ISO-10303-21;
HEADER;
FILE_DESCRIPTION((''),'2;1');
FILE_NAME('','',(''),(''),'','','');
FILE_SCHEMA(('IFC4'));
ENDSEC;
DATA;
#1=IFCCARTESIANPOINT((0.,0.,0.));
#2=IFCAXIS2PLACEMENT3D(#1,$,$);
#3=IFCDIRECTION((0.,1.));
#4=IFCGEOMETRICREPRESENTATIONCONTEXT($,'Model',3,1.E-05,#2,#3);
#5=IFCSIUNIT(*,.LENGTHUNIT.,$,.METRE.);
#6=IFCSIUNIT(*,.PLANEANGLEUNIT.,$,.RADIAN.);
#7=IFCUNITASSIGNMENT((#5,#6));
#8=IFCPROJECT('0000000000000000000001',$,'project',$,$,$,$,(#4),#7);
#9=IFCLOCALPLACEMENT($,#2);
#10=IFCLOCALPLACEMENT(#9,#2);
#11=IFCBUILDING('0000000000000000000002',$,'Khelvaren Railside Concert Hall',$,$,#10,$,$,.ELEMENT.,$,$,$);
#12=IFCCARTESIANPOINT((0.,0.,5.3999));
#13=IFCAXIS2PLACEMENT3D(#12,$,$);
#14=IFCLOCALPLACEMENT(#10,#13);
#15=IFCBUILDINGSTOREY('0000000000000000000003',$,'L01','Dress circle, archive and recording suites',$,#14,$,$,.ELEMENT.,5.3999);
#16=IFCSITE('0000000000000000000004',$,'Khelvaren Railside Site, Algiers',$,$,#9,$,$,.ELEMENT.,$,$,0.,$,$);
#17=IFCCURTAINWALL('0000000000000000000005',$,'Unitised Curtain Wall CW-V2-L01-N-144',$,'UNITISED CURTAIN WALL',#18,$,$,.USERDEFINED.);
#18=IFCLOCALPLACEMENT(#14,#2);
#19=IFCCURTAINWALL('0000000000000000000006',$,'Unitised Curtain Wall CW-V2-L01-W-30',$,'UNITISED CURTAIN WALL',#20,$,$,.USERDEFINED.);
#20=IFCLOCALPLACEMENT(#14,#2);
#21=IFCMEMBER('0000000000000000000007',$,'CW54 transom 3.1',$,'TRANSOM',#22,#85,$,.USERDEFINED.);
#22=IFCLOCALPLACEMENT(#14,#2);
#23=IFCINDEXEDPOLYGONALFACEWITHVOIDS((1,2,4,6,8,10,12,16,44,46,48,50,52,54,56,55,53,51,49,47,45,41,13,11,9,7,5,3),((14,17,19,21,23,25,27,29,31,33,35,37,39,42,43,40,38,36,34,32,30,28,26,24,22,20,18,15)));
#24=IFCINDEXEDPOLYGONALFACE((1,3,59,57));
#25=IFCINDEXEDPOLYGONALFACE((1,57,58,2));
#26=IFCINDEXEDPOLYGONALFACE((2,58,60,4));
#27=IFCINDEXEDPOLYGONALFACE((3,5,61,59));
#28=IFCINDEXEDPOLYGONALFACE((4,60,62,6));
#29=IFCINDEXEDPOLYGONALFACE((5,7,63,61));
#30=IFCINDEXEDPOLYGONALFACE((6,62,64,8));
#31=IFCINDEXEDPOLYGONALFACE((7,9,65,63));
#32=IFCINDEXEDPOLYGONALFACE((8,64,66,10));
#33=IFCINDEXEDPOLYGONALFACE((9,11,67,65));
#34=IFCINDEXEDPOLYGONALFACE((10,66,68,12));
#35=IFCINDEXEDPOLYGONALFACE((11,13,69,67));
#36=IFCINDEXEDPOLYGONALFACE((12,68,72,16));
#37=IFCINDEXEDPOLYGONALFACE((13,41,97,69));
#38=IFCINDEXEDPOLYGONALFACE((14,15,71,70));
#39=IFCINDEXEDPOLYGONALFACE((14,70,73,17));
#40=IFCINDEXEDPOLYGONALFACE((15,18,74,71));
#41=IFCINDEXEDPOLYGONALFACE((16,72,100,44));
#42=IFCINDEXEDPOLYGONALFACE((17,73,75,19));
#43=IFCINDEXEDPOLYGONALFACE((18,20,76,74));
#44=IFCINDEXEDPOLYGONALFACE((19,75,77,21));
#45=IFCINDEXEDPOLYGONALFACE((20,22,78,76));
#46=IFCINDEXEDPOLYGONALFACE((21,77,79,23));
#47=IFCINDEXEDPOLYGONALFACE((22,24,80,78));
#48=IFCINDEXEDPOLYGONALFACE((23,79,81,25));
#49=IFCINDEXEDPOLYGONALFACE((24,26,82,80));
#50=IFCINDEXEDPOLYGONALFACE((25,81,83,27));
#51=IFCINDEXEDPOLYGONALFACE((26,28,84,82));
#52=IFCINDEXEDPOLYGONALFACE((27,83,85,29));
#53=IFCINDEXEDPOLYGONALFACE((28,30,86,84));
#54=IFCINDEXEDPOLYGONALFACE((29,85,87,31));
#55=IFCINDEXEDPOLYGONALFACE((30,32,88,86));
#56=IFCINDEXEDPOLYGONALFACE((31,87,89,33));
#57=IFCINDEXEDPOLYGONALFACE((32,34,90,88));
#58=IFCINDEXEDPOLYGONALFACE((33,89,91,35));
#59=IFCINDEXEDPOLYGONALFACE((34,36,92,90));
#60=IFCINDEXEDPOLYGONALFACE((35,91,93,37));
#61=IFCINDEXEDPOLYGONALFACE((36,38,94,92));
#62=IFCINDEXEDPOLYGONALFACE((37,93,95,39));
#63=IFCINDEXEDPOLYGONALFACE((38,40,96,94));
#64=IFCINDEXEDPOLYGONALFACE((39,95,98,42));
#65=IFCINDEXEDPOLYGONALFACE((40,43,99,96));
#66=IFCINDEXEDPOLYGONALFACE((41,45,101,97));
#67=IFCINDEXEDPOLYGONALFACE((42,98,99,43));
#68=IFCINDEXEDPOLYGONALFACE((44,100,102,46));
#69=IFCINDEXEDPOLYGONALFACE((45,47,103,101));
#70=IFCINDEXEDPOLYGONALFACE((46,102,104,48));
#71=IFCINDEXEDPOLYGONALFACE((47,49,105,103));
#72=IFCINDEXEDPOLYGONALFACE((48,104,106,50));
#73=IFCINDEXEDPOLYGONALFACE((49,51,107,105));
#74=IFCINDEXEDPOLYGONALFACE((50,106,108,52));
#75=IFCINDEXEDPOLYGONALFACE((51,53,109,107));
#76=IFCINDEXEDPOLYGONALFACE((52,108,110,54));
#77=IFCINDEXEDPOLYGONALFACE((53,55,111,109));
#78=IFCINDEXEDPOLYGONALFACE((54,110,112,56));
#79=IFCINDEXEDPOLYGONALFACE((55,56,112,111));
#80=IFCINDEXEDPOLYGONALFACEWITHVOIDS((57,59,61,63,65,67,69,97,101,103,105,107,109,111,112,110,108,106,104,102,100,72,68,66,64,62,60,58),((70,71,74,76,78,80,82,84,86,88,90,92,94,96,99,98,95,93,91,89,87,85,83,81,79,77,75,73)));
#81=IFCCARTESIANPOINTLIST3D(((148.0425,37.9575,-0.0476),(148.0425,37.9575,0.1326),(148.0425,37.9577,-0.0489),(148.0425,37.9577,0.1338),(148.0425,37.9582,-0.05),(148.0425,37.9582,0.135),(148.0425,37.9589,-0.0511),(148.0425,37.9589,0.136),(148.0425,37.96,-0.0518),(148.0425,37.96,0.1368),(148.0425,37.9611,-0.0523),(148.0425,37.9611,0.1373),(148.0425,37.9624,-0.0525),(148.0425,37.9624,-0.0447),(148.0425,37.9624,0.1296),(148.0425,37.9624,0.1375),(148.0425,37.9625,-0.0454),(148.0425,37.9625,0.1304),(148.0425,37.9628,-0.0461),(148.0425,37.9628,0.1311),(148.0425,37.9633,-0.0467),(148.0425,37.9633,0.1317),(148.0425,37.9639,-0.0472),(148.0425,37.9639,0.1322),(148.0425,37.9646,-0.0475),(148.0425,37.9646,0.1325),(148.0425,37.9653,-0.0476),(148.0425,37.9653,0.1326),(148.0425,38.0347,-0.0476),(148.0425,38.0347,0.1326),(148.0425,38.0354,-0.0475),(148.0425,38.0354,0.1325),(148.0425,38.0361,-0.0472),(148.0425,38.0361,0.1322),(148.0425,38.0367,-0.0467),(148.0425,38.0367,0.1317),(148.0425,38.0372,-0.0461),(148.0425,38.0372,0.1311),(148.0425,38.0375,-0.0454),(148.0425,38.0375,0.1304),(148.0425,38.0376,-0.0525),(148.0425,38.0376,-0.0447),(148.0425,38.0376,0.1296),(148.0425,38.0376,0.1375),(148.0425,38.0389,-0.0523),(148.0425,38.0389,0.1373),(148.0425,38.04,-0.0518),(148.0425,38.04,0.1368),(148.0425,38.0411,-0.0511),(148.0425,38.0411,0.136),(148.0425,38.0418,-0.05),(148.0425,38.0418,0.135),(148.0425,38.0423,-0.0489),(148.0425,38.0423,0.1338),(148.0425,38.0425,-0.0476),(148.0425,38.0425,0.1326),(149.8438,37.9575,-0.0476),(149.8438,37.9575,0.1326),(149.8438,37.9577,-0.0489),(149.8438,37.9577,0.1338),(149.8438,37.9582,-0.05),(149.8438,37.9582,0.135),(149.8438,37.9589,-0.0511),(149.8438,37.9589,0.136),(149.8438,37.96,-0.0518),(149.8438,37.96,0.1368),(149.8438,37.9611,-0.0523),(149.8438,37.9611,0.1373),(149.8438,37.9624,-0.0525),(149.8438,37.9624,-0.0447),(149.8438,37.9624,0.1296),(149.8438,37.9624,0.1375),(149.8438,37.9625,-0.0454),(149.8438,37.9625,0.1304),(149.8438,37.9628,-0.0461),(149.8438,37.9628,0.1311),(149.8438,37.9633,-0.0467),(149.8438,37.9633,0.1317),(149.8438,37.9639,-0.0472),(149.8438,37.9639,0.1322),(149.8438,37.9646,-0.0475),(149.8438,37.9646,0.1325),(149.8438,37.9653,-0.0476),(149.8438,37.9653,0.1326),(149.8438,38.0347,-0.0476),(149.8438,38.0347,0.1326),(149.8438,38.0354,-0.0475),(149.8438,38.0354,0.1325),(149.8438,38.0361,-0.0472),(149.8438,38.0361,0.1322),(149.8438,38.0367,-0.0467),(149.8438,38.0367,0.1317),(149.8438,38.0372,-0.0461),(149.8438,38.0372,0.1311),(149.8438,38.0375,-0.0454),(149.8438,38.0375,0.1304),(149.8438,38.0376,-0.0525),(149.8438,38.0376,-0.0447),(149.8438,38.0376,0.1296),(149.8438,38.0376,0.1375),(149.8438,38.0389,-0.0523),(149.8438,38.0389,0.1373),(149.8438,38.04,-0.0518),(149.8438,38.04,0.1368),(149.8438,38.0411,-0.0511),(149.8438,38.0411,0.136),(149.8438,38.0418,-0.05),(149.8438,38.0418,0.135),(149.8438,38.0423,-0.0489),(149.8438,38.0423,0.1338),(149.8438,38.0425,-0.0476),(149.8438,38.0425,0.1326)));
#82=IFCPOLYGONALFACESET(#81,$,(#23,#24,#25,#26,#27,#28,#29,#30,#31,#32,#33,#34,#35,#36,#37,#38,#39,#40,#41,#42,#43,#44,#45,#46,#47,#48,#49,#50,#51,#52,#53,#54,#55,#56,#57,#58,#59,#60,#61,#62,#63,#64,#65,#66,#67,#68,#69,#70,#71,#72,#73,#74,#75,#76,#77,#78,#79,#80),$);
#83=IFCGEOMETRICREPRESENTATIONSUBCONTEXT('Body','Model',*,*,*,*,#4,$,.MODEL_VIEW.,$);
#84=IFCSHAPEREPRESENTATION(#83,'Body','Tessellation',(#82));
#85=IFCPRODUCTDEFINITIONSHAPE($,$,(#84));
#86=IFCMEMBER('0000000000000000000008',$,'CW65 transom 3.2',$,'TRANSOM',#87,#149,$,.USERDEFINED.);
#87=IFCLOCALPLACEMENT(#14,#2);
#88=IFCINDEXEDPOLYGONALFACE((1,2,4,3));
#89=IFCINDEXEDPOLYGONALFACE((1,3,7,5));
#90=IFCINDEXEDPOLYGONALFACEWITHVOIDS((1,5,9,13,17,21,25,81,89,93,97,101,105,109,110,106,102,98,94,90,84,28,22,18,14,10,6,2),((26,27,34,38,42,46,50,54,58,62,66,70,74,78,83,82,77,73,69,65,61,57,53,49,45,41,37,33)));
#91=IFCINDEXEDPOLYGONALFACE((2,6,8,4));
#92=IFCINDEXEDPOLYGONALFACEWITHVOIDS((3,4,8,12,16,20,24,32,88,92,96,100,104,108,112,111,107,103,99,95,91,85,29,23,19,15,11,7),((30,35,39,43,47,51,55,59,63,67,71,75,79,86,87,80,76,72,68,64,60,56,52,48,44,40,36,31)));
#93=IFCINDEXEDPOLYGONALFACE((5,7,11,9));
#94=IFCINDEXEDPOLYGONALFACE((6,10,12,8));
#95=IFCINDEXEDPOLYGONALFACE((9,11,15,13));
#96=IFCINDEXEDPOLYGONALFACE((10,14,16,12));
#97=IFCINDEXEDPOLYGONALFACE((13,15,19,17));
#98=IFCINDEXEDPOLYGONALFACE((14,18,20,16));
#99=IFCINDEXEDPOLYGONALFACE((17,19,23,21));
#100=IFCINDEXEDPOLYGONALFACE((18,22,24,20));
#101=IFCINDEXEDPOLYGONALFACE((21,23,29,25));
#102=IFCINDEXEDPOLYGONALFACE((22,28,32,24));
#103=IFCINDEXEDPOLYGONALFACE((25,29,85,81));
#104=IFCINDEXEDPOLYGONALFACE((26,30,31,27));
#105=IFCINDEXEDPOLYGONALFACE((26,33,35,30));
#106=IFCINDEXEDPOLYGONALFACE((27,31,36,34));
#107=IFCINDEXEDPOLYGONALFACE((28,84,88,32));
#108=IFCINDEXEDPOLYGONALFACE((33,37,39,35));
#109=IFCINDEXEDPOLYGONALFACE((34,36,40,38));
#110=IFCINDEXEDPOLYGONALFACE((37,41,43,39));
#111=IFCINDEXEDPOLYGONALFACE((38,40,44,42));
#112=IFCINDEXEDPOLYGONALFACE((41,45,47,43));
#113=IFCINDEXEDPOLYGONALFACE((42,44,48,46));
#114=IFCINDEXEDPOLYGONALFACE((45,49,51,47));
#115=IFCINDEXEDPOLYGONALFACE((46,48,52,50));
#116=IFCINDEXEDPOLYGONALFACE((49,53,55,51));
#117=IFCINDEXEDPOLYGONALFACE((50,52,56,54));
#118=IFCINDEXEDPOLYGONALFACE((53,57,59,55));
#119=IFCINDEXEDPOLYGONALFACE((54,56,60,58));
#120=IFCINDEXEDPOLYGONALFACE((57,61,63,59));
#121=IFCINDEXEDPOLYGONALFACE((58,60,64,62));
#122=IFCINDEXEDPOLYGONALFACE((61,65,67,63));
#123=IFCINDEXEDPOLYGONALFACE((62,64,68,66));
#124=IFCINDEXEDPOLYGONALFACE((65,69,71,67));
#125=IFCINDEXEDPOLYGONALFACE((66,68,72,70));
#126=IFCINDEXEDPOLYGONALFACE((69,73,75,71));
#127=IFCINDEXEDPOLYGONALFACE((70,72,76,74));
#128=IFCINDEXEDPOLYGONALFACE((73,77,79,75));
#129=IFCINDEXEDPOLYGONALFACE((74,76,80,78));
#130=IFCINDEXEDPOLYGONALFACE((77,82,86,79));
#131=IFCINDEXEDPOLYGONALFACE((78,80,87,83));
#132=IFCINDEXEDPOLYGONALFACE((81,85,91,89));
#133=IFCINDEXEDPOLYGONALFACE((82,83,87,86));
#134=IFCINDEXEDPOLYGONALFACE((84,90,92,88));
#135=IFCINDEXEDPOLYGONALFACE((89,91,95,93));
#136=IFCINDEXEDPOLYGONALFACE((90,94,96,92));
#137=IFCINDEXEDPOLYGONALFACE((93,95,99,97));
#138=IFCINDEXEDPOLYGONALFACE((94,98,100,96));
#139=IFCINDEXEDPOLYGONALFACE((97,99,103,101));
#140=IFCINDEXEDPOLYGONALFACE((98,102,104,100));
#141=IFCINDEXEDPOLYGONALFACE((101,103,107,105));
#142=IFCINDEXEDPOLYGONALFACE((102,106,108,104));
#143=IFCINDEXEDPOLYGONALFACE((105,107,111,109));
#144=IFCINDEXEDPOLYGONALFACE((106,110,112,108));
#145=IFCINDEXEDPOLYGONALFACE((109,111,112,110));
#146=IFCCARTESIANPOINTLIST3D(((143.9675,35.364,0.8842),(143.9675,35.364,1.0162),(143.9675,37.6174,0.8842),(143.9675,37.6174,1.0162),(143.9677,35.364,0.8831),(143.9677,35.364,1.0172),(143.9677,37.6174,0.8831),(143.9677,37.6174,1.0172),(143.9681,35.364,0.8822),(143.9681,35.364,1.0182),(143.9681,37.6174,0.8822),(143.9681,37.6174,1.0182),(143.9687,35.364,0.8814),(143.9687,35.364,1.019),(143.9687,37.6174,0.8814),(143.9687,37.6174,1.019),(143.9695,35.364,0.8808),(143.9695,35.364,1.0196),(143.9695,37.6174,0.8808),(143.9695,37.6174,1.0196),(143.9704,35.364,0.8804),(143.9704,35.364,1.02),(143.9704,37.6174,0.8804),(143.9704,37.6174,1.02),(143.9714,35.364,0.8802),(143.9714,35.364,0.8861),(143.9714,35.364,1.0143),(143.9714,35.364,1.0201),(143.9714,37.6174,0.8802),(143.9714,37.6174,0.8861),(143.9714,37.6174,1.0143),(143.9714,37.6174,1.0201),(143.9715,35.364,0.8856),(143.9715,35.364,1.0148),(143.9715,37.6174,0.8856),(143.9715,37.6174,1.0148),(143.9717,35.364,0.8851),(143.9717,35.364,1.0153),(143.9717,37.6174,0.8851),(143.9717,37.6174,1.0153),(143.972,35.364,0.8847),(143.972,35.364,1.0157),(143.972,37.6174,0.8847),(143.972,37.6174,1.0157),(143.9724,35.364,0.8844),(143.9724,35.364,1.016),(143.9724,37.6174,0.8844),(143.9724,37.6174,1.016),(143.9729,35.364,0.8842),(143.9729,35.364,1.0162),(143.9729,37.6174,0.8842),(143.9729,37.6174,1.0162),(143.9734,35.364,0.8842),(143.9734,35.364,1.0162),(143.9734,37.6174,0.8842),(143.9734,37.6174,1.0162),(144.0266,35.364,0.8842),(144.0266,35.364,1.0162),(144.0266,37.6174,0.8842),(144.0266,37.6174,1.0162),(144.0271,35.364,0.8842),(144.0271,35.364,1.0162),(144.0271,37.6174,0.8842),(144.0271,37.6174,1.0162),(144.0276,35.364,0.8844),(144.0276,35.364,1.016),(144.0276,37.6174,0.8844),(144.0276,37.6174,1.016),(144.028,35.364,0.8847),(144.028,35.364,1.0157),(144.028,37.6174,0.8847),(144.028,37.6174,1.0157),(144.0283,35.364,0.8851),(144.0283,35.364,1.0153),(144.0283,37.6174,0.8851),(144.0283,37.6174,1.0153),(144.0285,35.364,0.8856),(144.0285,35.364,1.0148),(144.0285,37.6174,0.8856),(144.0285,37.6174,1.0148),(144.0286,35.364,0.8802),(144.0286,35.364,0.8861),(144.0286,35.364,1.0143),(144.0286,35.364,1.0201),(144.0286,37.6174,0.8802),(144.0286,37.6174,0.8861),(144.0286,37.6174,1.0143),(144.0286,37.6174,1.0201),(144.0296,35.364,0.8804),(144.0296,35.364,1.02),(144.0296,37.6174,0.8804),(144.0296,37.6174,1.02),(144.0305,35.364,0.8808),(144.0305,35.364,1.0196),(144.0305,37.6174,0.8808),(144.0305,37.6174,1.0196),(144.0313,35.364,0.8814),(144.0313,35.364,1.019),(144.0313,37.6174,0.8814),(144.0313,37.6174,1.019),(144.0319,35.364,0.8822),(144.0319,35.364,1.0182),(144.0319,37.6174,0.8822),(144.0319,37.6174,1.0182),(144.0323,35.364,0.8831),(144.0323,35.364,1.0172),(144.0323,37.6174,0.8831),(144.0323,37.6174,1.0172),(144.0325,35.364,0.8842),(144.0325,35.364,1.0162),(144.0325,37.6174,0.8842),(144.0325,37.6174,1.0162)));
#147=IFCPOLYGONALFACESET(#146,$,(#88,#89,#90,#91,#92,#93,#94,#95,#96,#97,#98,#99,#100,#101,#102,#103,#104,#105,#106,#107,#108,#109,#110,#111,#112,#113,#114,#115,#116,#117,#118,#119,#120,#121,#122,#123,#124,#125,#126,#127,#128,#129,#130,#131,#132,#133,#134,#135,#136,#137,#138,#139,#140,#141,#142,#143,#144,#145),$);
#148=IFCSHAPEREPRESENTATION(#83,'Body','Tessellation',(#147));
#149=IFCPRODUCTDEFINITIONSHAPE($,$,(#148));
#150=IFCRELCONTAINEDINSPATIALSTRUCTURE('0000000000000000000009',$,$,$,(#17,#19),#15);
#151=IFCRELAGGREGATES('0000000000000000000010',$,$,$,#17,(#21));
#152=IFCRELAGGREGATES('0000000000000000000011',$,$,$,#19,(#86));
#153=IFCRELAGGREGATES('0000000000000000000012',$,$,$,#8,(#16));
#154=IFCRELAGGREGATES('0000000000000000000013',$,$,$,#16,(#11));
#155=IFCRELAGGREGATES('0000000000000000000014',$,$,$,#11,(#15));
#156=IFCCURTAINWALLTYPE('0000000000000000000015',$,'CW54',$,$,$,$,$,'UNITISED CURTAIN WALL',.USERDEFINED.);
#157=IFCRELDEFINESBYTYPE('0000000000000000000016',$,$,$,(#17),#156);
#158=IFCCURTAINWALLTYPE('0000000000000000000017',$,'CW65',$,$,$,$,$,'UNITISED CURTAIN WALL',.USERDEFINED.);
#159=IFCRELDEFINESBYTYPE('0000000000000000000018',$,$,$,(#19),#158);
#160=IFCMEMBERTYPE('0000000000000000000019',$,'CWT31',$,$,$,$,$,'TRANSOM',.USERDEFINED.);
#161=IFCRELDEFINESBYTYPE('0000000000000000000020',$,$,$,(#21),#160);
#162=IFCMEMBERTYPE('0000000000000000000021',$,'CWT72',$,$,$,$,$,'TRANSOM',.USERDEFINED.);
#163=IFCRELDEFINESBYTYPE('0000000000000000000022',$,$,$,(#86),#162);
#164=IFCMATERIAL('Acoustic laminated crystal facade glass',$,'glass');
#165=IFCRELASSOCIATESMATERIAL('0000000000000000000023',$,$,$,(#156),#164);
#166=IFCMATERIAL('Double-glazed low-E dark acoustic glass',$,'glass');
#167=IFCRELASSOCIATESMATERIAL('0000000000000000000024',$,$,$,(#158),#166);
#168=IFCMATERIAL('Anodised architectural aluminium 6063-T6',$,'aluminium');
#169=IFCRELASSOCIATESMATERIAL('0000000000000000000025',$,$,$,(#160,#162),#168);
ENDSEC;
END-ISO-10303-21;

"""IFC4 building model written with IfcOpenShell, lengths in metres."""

from ifc_helpers import new_model, si_unit, direction, frame, origin, origin_2d, place, context, subcontext, project, spatial, hollow_rectangle, extrude, material, material_profile, profile_set, type_object, element, aggregate, save


model = new_model("IFC4")

# Units and contexts
model_context = context("Model", 3, precision=1e-05, world=origin(), true_north=direction((0.0, 1.0)))
body_context = subcontext(model_context, "Body", "Model", "MODEL_VIEW")
ifc_project = project(units=[si_unit("LENGTHUNIT", "METRE"), si_unit("PLANEANGLEUNIT", "RADIAN")], contexts=[model_context])

# Site, building, storey
site_placement = place(None, origin())
site = spatial("IfcSite", under=ifc_project, at=site_placement, Name="Khelvaren Railside Site, Algiers", CompositionType="ELEMENT", RefElevation=0.0)
building_placement = place(site_placement, origin())
building = spatial("IfcBuilding", under=site, at=building_placement, Name="Khelvaren Railside Concert Hall", CompositionType="ELEMENT")
storey_placement = place(building_placement, frame((0.0, 0.0, 5.3999)))
storey = spatial("IfcBuildingStorey", under=building, at=storey_placement, Name="L01", Description="Dress circle, archive and recording suites", CompositionType="ELEMENT", Elevation=5.3999)

# Curtain wall
ifc_material_1 = material(Name="Acoustic laminated crystal facade glass", Category="glass")
curtain_wall_type_1 = type_object("IfcCurtainWallType", Name="CW54", ElementType="UNITISED CURTAIN WALL", PredefinedType="USERDEFINED", material=ifc_material_1)
curtain_wall_1_placement = place(storey_placement, origin())
curtain_wall_1 = element("IfcCurtainWall", 1, at=curtain_wall_1_placement, inside=storey, type_object=curtain_wall_type_1, Name="Unitised Curtain Wall CW-V2-L01-N-144", ObjectType="UNITISED CURTAIN WALL", PredefinedType="USERDEFINED")
ifc_material_2 = material(Name="Anodised architectural aluminium 6063-T6", Category="aluminium")

# Curtain wall
ifc_material_3 = material(Name="Double-glazed low-E dark acoustic glass", Category="glass")
curtain_wall_type_2 = type_object("IfcCurtainWallType", Name="CW65", ElementType="UNITISED CURTAIN WALL", PredefinedType="USERDEFINED", material=ifc_material_3)
curtain_wall_2_placement = place(storey_placement, origin())
curtain_wall_2 = element("IfcCurtainWall", 2, at=curtain_wall_2_placement, inside=storey, type_object=curtain_wall_type_2, Name="Unitised Curtain Wall CW-V2-L01-W-30", ObjectType="UNITISED CURTAIN WALL", PredefinedType="USERDEFINED")

# Members
ifc_material_profile_1 = material_profile(ifc_material_2, hollow_rectangle(XDim=0.085, YDim=0.1899, WallThickness=0.0049, InnerFilletRadius=0.0029, OuterFilletRadius=0.0049, at=origin_2d()), Name="CWT 85x190x5")
ifc_profile_set_1 = profile_set([ifc_material_profile_1], Name="Anodised architectural aluminium 6063-T6")
member_type_1 = type_object("IfcMemberType", Name="CWT31", ElementType="TRANSOM", PredefinedType="USERDEFINED", material=ifc_profile_set_1)
member_1_placement = place(storey_placement, frame((148.0425, 38.0, 0.0425), z_axis=(1.0, 0.0, 0.0), x_axis=(0.0, 1.0, 0.0)))
member_1 = element("IfcMember", 3, at=member_1_placement, type_object=member_type_1, Name="CW54 transom 3.1", ObjectType="TRANSOM", PredefinedType="USERDEFINED", context=body_context, shape_type="SweptSolid", body=[
    extrude(hollow_rectangle(XDim=0.085, YDim=0.1899, WallThickness=0.0049, InnerFilletRadius=0.0029, OuterFilletRadius=0.0049, at=origin_2d()), origin(), (0.0, 0.0, 1.0), 1.8013),
])
ifc_material_profile_2 = material_profile(ifc_material_2, hollow_rectangle(XDim=0.0649, YDim=0.1399, WallThickness=0.0039, InnerFilletRadius=0.002, OuterFilletRadius=0.0039, at=origin_2d()), Name="CWT 65x140x4")
ifc_profile_set_2 = profile_set([ifc_material_profile_2], Name="Anodised architectural aluminium 6063-T6")
member_type_2 = type_object("IfcMemberType", Name="CWT72", ElementType="TRANSOM", PredefinedType="USERDEFINED", material=ifc_profile_set_2)
member_2_placement = place(storey_placement, frame((144.0, 35.364, 0.9502), z_axis=(0.0, 1.0, 0.0), x_axis=(-1.0, 0.0, 0.0)))
member_2 = element("IfcMember", 4, at=member_2_placement, type_object=member_type_2, Name="CW65 transom 3.2", ObjectType="TRANSOM", PredefinedType="USERDEFINED", context=body_context, shape_type="SweptSolid", body=[
    extrude(hollow_rectangle(XDim=0.0649, YDim=0.1399, WallThickness=0.0039, InnerFilletRadius=0.002, OuterFilletRadius=0.0039, at=origin_2d()), origin(), (0.0, 0.0, 1.0), 2.2534),
])

aggregate(curtain_wall_1, [member_1])
aggregate(curtain_wall_2, [member_2])

save(model, "model.ifc")
